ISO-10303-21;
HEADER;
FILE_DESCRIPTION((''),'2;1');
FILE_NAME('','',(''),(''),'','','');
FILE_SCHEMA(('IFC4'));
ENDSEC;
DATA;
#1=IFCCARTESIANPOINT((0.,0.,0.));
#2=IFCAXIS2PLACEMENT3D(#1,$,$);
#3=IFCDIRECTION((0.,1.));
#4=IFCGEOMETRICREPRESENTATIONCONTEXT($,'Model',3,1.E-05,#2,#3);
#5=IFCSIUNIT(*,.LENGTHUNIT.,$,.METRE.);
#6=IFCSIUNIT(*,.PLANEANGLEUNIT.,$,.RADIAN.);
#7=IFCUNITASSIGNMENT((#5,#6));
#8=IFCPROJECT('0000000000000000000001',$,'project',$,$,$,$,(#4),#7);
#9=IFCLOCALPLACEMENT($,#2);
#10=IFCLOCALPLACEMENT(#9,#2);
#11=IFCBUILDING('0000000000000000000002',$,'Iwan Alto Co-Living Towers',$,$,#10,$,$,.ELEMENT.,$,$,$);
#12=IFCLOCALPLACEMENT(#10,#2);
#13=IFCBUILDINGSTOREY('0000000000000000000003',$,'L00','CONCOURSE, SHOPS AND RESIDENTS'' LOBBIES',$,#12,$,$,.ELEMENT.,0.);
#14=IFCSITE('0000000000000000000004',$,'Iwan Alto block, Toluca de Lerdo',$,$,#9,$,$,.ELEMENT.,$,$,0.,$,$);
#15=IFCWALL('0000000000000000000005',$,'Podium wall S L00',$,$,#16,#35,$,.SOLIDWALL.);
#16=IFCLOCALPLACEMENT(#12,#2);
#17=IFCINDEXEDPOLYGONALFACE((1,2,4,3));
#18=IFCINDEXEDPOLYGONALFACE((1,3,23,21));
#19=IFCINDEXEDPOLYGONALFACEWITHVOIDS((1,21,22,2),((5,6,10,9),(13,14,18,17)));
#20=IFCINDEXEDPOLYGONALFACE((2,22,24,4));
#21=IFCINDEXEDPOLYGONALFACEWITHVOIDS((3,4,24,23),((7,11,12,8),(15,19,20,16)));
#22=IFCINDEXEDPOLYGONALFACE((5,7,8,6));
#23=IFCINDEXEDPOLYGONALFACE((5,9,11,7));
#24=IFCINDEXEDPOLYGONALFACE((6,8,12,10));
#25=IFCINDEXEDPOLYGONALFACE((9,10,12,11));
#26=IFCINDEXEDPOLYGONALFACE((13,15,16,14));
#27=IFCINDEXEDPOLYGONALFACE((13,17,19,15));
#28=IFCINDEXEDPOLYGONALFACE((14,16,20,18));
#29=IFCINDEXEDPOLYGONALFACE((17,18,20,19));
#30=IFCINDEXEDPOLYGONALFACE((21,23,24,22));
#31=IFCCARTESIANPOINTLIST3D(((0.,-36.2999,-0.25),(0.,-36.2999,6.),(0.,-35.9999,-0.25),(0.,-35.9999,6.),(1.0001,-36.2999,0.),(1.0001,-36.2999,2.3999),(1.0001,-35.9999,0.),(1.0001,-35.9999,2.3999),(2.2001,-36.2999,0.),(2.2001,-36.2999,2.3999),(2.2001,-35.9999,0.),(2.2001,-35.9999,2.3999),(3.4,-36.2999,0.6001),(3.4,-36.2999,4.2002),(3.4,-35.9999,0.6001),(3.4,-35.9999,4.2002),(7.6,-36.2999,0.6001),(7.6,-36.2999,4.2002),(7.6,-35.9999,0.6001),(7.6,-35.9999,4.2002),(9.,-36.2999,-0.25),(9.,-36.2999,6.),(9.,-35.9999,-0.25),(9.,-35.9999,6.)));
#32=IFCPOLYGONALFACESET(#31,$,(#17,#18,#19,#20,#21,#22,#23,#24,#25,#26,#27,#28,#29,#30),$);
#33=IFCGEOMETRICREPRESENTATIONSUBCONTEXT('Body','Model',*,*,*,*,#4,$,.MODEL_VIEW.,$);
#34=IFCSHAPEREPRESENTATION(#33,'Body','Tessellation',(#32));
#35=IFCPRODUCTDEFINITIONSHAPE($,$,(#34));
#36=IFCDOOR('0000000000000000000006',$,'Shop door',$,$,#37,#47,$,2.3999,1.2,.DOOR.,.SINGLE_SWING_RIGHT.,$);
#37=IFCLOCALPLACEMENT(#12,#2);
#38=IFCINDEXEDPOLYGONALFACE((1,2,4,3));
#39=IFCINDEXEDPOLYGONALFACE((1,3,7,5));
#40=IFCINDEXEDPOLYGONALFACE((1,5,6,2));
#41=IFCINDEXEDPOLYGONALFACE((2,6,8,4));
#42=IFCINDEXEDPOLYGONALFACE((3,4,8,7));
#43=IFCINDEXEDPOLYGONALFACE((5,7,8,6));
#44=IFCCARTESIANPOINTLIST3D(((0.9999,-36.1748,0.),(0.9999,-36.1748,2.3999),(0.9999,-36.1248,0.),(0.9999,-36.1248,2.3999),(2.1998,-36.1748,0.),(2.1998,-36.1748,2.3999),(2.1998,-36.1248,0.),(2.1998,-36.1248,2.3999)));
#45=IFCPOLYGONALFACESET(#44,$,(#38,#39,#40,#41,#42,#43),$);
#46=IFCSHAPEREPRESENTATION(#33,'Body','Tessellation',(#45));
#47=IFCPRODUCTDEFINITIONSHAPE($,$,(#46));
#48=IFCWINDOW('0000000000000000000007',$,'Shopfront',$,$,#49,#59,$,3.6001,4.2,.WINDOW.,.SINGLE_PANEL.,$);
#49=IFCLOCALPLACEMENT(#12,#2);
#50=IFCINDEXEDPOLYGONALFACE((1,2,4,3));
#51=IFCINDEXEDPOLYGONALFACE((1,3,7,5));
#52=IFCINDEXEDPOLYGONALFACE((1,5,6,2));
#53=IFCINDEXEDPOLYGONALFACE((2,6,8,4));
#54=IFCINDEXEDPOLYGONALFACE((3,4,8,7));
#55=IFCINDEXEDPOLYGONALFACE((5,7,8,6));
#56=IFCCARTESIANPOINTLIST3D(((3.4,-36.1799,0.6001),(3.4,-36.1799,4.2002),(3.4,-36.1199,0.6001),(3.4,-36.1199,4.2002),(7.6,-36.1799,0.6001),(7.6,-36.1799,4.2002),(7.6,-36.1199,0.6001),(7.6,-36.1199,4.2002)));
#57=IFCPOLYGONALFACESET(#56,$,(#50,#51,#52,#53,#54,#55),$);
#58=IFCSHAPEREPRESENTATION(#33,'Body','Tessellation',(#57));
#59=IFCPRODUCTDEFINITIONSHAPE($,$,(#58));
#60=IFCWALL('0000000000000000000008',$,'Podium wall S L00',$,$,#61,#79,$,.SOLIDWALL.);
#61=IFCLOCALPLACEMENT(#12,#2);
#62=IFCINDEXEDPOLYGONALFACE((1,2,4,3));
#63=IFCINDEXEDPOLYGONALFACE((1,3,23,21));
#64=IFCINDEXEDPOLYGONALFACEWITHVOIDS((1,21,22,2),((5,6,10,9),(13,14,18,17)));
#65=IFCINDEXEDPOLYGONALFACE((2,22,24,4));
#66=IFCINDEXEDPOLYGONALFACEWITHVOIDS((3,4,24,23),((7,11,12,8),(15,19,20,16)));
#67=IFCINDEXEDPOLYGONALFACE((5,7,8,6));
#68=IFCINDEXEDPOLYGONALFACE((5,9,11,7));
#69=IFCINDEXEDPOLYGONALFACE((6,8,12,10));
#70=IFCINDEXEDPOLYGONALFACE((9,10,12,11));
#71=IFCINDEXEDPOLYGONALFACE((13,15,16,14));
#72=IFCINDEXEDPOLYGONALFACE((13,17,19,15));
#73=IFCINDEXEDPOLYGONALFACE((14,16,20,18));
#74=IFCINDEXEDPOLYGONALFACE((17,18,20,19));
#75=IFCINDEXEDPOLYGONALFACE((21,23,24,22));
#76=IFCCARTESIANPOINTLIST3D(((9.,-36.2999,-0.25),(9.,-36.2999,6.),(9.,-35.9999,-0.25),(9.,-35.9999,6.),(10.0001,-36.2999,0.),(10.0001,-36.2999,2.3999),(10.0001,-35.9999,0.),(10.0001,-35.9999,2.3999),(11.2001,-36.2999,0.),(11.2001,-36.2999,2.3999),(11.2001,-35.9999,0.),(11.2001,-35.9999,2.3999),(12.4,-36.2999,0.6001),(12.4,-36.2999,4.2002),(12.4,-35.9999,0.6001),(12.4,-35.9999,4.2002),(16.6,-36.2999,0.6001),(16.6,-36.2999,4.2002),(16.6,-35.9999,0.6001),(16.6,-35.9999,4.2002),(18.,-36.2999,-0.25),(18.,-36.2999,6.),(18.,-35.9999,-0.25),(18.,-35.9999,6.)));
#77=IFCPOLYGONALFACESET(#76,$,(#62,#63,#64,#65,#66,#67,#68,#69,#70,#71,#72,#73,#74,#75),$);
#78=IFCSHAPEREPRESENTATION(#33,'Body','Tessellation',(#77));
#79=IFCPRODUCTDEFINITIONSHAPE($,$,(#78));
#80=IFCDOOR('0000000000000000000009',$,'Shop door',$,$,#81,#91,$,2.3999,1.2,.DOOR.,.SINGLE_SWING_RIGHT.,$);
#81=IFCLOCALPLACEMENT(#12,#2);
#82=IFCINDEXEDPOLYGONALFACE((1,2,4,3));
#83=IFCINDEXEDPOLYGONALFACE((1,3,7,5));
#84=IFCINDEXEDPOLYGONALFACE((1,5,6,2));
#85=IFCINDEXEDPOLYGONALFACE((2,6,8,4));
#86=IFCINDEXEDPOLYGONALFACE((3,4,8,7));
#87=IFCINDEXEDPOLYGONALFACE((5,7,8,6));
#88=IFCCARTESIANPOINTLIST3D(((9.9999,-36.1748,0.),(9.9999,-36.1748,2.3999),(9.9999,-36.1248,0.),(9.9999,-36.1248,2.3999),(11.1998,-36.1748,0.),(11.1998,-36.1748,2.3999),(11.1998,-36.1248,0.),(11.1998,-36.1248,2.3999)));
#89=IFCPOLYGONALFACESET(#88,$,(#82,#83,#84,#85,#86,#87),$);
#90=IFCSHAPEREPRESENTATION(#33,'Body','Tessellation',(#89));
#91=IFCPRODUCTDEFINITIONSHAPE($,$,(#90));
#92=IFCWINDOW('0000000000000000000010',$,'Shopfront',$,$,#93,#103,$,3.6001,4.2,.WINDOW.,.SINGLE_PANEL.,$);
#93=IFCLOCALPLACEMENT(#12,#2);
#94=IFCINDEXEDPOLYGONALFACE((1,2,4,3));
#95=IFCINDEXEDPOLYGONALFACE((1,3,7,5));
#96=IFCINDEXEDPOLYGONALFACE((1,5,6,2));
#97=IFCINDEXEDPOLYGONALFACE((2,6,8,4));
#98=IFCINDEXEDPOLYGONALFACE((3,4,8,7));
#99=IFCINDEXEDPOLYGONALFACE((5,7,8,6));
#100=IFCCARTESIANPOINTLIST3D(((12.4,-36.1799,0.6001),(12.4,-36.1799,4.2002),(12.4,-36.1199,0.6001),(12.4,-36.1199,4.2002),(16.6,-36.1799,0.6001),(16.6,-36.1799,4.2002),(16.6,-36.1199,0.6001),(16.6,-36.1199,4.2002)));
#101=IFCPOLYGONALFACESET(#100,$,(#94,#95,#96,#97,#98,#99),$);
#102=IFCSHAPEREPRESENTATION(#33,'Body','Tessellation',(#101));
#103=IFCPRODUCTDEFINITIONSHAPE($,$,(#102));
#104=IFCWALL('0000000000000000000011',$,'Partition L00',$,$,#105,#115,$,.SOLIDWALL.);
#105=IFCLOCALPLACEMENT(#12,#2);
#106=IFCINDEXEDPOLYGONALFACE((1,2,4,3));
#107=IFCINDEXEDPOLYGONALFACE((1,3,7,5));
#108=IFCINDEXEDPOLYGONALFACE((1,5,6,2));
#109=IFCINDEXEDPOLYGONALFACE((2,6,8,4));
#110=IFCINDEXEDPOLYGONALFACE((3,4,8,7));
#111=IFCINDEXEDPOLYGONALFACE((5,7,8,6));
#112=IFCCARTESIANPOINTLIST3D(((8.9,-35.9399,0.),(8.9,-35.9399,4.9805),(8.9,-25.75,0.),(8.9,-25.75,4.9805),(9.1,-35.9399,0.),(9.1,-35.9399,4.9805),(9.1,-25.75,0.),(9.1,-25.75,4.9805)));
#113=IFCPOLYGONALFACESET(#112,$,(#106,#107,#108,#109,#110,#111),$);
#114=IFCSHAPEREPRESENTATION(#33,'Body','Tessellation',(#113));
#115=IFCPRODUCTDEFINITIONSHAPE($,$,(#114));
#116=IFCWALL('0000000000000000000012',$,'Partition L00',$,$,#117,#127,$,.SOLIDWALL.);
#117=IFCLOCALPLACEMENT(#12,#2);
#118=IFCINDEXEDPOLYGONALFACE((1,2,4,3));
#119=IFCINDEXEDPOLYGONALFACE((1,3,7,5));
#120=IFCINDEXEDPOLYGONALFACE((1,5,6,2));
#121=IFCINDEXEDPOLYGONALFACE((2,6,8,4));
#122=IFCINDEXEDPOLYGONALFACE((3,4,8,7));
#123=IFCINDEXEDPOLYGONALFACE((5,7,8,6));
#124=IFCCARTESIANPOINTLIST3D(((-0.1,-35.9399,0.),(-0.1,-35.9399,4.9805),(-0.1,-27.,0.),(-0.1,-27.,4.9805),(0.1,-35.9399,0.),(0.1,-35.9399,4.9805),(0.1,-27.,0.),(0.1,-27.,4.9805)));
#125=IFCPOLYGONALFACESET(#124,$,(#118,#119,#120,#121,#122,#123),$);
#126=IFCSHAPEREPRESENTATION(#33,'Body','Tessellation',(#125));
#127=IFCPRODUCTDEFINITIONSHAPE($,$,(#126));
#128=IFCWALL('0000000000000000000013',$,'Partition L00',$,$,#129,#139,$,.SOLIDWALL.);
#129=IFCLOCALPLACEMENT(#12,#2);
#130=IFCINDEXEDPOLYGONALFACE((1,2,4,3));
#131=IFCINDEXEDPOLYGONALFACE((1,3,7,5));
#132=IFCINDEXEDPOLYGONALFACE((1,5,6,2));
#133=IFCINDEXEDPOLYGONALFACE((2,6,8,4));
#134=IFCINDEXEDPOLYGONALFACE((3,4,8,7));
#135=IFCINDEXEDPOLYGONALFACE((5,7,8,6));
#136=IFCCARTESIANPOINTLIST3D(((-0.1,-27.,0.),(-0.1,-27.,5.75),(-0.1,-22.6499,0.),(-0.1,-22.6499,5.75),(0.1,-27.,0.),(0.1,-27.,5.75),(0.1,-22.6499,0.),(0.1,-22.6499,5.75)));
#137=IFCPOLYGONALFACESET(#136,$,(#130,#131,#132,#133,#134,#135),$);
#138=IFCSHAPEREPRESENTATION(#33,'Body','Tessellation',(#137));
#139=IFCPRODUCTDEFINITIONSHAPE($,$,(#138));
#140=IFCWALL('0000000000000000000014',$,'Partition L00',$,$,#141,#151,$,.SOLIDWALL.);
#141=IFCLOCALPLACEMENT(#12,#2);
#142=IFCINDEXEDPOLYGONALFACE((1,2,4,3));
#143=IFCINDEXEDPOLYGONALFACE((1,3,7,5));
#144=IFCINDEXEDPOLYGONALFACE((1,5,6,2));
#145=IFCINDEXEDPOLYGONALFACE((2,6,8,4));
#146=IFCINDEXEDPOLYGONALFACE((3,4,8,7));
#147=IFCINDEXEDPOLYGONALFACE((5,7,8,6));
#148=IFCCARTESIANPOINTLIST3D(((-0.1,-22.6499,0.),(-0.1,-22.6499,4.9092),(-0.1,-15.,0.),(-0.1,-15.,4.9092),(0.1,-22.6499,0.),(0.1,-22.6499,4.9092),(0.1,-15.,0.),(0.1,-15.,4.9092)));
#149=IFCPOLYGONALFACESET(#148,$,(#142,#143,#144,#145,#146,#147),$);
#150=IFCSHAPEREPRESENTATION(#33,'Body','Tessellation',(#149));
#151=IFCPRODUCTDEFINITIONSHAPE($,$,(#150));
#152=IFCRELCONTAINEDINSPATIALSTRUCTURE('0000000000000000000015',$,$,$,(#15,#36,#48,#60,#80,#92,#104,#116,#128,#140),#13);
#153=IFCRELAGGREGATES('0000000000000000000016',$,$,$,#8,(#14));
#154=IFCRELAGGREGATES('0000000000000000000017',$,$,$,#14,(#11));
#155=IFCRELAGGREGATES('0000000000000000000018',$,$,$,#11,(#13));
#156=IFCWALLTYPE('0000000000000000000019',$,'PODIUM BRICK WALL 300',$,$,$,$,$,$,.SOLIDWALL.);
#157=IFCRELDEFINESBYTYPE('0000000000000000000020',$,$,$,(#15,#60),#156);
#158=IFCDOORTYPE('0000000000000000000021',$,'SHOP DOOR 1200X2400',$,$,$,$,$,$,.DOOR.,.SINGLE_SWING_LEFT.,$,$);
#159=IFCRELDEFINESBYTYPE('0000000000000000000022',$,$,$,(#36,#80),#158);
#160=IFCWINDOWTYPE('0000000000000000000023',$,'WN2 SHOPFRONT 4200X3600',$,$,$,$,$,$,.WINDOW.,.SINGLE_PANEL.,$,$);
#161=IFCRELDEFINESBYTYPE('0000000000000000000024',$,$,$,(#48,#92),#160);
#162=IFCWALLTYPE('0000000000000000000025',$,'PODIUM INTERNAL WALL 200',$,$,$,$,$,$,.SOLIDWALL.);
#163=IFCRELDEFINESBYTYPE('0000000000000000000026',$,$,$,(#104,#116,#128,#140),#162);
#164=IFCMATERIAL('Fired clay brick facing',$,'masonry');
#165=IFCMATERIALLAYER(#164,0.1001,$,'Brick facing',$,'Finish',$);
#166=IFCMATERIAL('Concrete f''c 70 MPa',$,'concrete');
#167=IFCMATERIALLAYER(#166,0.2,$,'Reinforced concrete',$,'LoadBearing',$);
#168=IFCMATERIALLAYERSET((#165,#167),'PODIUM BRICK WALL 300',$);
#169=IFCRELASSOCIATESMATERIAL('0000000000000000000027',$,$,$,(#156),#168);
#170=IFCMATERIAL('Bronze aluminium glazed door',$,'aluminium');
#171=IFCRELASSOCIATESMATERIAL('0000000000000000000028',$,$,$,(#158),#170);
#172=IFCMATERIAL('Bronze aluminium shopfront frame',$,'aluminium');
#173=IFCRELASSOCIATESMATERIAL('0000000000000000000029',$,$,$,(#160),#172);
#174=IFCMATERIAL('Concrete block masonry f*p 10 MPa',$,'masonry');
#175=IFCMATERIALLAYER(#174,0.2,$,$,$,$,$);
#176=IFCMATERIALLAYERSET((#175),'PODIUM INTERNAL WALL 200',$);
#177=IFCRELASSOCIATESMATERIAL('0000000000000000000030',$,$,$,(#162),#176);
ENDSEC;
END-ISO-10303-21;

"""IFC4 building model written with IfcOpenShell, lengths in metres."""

from ifc_helpers import new_model, si_unit, direction, frame, frame_2d, origin, place, context, subcontext, project, spatial, rectangle, extrude, material, layer, layer_set, type_object, element, fill, save


model = new_model("IFC4")

# Units and contexts
model_context = context("Model", 3, precision=1e-05, world=origin(), true_north=direction((0.0, 1.0)))
body_context = subcontext(model_context, "Body", "Model", "MODEL_VIEW")
ifc_project = project(units=[si_unit("LENGTHUNIT", "METRE"), si_unit("PLANEANGLEUNIT", "RADIAN")], contexts=[model_context])

# Site, building, storey
site_placement = place(None, origin())
site = spatial("IfcSite", under=ifc_project, at=site_placement, Name="Iwan Alto block, Toluca de Lerdo", CompositionType="ELEMENT", RefElevation=0.0)
building_placement = place(site_placement, origin())
building = spatial("IfcBuilding", under=site, at=building_placement, Name="Iwan Alto Co-Living Towers", CompositionType="ELEMENT")
storey_placement = place(building_placement, origin())
storey = spatial("IfcBuildingStorey", under=building, at=storey_placement, Name="L00", Description="CONCOURSE, SHOPS AND RESIDENTS' LOBBIES", CompositionType="ELEMENT", Elevation=0.0)

# Walls, openings, doors, windows
ifc_material_1 = material(Name="Fired clay brick facing", Category="masonry")
ifc_layer_1 = layer(ifc_material_1, 0.1001, Name="Brick facing", Category="Finish")
ifc_material_2 = material(Name="Concrete f'c 70 MPa", Category="concrete")
ifc_layer_2 = layer(ifc_material_2, 0.2, Name="Reinforced concrete", Category="LoadBearing")
ifc_layer_set_1 = layer_set([ifc_layer_1, ifc_layer_2], Name="PODIUM BRICK WALL 300")
wall_type_1 = type_object("IfcWallType", Name="PODIUM BRICK WALL 300", PredefinedType="SOLIDWALL", material=ifc_layer_set_1)
wall_1_placement = place(storey_placement, frame((0.0, -36.1499, -0.25), z_axis=(0.0, 0.0, 1.0), x_axis=(1.0, 0.0, 0.0)))
wall_1 = element("IfcWall", 1, at=wall_1_placement, inside=storey, type_object=wall_type_1, Name="Podium wall S L00", PredefinedType="SOLIDWALL", context=body_context, shape_type="SweptSolid", body=[
    extrude(rectangle(XDim=9.0, YDim=0.3, at=frame_2d((4.5, 0.0))), origin(), (0.0, 0.0, 1.0), 6.25),
])
opening_1_placement = place(wall_1_placement, frame((1.0, 0.0, 0.25)))
opening_1 = element("IfcOpeningElement", 2, at=opening_1_placement, cuts=wall_1, PredefinedType="OPENING", context=body_context, shape_type="SweptSolid", body=[
    extrude(rectangle(XDim=1.2, YDim=2.3999, at=frame_2d((0.6001, 1.2))), frame((0.0, 0.1599, 0.0), z_axis=(0.0, -1.0, 0.0), x_axis=(1.0, 0.0, 0.0)), (0.0, 0.0, 1.0), 0.3201),
])
opening_2_placement = place(wall_1_placement, frame((3.3999, 0.0, 0.8501)))
opening_2 = element("IfcOpeningElement", 3, at=opening_2_placement, cuts=wall_1, PredefinedType="OPENING", context=body_context, shape_type="SweptSolid", body=[
    extrude(rectangle(XDim=4.2, YDim=3.6001, at=frame_2d((2.1001, 1.8))), frame((0.0, 0.1599, 0.0), z_axis=(0.0, -1.0, 0.0), x_axis=(1.0, 0.0, 0.0)), (0.0, 0.0, 1.0), 0.3201),
])
ifc_material_3 = material(Name="Bronze aluminium glazed door", Category="aluminium")
door_type = type_object("IfcDoorType", Name="SHOP DOOR 1200X2400", OperationType="SINGLE_SWING_LEFT", PredefinedType="DOOR", material=ifc_material_3)
door_1_placement = place(opening_1_placement, frame((1.2, 0.0, 0.0), z_axis=(0.0, 0.0, 1.0), x_axis=(-1.0, 0.0, 0.0)))
door_1 = element("IfcDoor", 4, at=door_1_placement, inside=storey, type_object=door_type, Name="Shop door", OperationType="SINGLE_SWING_RIGHT", OverallHeight=2.3999, OverallWidth=1.2, PredefinedType="DOOR", context=body_context, shape_type="SweptSolid", body=[
    extrude(rectangle(XDim=1.2, YDim=2.3999, at=frame_2d((0.6001, 1.2))), frame((0.0, 0.0249, 0.0), z_axis=(0.0, -1.0, 0.0), x_axis=(1.0, 0.0, 0.0)), (0.0, 0.0, 1.0), 0.05),
])
fill(opening_1, door_1)
ifc_material_4 = material(Name="Bronze aluminium shopfront frame", Category="aluminium")
window_type = type_object("IfcWindowType", Name="WN2 SHOPFRONT 4200X3600", PartitioningType="SINGLE_PANEL", PredefinedType="WINDOW", material=ifc_material_4)
window_1_placement = place(opening_2_placement, origin())
window_1 = element("IfcWindow", 5, at=window_1_placement, inside=storey, type_object=window_type, Name="Shopfront", OverallHeight=3.6001, OverallWidth=4.2, PartitioningType="SINGLE_PANEL", PredefinedType="WINDOW", context=body_context, shape_type="SweptSolid", body=[
    extrude(rectangle(XDim=4.2, YDim=3.6001, at=frame_2d((2.1001, 1.8))), frame((0.0, 0.03, 0.0), z_axis=(0.0, -1.0, 0.0), x_axis=(1.0, 0.0, 0.0)), (0.0, 0.0, 1.0), 0.0601),
])
fill(opening_2, window_1)
wall_2_placement = place(storey_placement, frame((9.0, -36.1499, -0.25), z_axis=(0.0, 0.0, 1.0), x_axis=(1.0, 0.0, 0.0)))
wall_2 = element("IfcWall", 6, at=wall_2_placement, inside=storey, type_object=wall_type_1, Name="Podium wall S L00", PredefinedType="SOLIDWALL", context=body_context, shape_type="SweptSolid", body=[
    extrude(rectangle(XDim=9.0, YDim=0.3, at=frame_2d((4.5, 0.0))), origin(), (0.0, 0.0, 1.0), 6.25),
])
opening_3_placement = place(wall_2_placement, frame((1.0, 0.0, 0.25)))
opening_3 = element("IfcOpeningElement", 7, at=opening_3_placement, cuts=wall_2, PredefinedType="OPENING", context=body_context, shape_type="SweptSolid", body=[
    extrude(rectangle(XDim=1.2, YDim=2.3999, at=frame_2d((0.6001, 1.2))), frame((0.0, 0.1599, 0.0), z_axis=(0.0, -1.0, 0.0), x_axis=(1.0, 0.0, 0.0)), (0.0, 0.0, 1.0), 0.3201),
])
opening_4_placement = place(wall_2_placement, frame((3.3999, 0.0, 0.8501)))
opening_4 = element("IfcOpeningElement", 8, at=opening_4_placement, cuts=wall_2, PredefinedType="OPENING", context=body_context, shape_type="SweptSolid", body=[
    extrude(rectangle(XDim=4.2, YDim=3.6001, at=frame_2d((2.1001, 1.8))), frame((0.0, 0.1599, 0.0), z_axis=(0.0, -1.0, 0.0), x_axis=(1.0, 0.0, 0.0)), (0.0, 0.0, 1.0), 0.3201),
])
door_2_placement = place(opening_3_placement, frame((1.2, 0.0, 0.0), z_axis=(0.0, 0.0, 1.0), x_axis=(-1.0, 0.0, 0.0)))
door_2 = element("IfcDoor", 9, at=door_2_placement, inside=storey, type_object=door_type, Name="Shop door", OperationType="SINGLE_SWING_RIGHT", OverallHeight=2.3999, OverallWidth=1.2, PredefinedType="DOOR", context=body_context, shape_type="SweptSolid", body=[
    extrude(rectangle(XDim=1.2, YDim=2.3999, at=frame_2d((0.6001, 1.2))), frame((0.0, 0.0249, 0.0), z_axis=(0.0, -1.0, 0.0), x_axis=(1.0, 0.0, 0.0)), (0.0, 0.0, 1.0), 0.05),
])
fill(opening_3, door_2)
window_2_placement = place(opening_4_placement, origin())
window_2 = element("IfcWindow", 10, at=window_2_placement, inside=storey, type_object=window_type, Name="Shopfront", OverallHeight=3.6001, OverallWidth=4.2, PartitioningType="SINGLE_PANEL", PredefinedType="WINDOW", context=body_context, shape_type="SweptSolid", body=[
    extrude(rectangle(XDim=4.2, YDim=3.6001, at=frame_2d((2.1001, 1.8))), frame((0.0, 0.03, 0.0), z_axis=(0.0, -1.0, 0.0), x_axis=(1.0, 0.0, 0.0)), (0.0, 0.0, 1.0), 0.0601),
])
fill(opening_4, window_2)

# Walls
ifc_material_5 = material(Name="Concrete block masonry f*p 10 MPa", Category="masonry")
ifc_layer_3 = layer(ifc_material_5, 0.2)
ifc_layer_set_2 = layer_set([ifc_layer_3], Name="PODIUM INTERNAL WALL 200")
wall_type_2 = type_object("IfcWallType", Name="PODIUM INTERNAL WALL 200", PredefinedType="SOLIDWALL", material=ifc_layer_set_2)
wall_3_placement = place(storey_placement, frame((9.0, -35.9399, 0.0), z_axis=(0.0, 0.0, 1.0), x_axis=(0.0, 1.0, 0.0)))
element("IfcWall", 11, at=wall_3_placement, inside=storey, type_object=wall_type_2, Name="Partition L00", PredefinedType="SOLIDWALL", context=body_context, shape_type="SweptSolid", body=[
    extrude(rectangle(XDim=10.1899, YDim=0.2, at=frame_2d((5.095, 0.0))), origin(), (0.0, 0.0, 1.0), 4.9805),
])
wall_4_placement = place(storey_placement, frame((0.0, -35.9399, 0.0), z_axis=(0.0, 0.0, 1.0), x_axis=(0.0, 1.0, 0.0)))
element("IfcWall", 12, at=wall_4_placement, inside=storey, type_object=wall_type_2, Name="Partition L00", PredefinedType="SOLIDWALL", context=body_context, shape_type="SweptSolid", body=[
    extrude(rectangle(XDim=8.9399, YDim=0.2, at=frame_2d((4.47, 0.0))), origin(), (0.0, 0.0, 1.0), 4.9805),
])
wall_5_placement = place(storey_placement, frame((0.0, -27.0, 0.0), z_axis=(0.0, 0.0, 1.0), x_axis=(0.0, 1.0, 0.0)))
element("IfcWall", 13, at=wall_5_placement, inside=storey, type_object=wall_type_2, Name="Partition L00", PredefinedType="SOLIDWALL", context=body_context, shape_type="SweptSolid", body=[
    extrude(rectangle(XDim=4.3501, YDim=0.2, at=frame_2d((2.175, 0.0))), origin(), (0.0, 0.0, 1.0), 5.75),
])
wall_6_placement = place(storey_placement, frame((0.0, -22.6499, 0.0), z_axis=(0.0, 0.0, 1.0), x_axis=(0.0, 1.0, 0.0)))
element("IfcWall", 14, at=wall_6_placement, inside=storey, type_object=wall_type_2, Name="Partition L00", PredefinedType="SOLIDWALL", context=body_context, shape_type="SweptSolid", body=[
    extrude(rectangle(XDim=7.6499, YDim=0.2, at=frame_2d((3.825, 0.0))), origin(), (0.0, 0.0, 1.0), 4.9092),
])

save(model, "model.ifc")
